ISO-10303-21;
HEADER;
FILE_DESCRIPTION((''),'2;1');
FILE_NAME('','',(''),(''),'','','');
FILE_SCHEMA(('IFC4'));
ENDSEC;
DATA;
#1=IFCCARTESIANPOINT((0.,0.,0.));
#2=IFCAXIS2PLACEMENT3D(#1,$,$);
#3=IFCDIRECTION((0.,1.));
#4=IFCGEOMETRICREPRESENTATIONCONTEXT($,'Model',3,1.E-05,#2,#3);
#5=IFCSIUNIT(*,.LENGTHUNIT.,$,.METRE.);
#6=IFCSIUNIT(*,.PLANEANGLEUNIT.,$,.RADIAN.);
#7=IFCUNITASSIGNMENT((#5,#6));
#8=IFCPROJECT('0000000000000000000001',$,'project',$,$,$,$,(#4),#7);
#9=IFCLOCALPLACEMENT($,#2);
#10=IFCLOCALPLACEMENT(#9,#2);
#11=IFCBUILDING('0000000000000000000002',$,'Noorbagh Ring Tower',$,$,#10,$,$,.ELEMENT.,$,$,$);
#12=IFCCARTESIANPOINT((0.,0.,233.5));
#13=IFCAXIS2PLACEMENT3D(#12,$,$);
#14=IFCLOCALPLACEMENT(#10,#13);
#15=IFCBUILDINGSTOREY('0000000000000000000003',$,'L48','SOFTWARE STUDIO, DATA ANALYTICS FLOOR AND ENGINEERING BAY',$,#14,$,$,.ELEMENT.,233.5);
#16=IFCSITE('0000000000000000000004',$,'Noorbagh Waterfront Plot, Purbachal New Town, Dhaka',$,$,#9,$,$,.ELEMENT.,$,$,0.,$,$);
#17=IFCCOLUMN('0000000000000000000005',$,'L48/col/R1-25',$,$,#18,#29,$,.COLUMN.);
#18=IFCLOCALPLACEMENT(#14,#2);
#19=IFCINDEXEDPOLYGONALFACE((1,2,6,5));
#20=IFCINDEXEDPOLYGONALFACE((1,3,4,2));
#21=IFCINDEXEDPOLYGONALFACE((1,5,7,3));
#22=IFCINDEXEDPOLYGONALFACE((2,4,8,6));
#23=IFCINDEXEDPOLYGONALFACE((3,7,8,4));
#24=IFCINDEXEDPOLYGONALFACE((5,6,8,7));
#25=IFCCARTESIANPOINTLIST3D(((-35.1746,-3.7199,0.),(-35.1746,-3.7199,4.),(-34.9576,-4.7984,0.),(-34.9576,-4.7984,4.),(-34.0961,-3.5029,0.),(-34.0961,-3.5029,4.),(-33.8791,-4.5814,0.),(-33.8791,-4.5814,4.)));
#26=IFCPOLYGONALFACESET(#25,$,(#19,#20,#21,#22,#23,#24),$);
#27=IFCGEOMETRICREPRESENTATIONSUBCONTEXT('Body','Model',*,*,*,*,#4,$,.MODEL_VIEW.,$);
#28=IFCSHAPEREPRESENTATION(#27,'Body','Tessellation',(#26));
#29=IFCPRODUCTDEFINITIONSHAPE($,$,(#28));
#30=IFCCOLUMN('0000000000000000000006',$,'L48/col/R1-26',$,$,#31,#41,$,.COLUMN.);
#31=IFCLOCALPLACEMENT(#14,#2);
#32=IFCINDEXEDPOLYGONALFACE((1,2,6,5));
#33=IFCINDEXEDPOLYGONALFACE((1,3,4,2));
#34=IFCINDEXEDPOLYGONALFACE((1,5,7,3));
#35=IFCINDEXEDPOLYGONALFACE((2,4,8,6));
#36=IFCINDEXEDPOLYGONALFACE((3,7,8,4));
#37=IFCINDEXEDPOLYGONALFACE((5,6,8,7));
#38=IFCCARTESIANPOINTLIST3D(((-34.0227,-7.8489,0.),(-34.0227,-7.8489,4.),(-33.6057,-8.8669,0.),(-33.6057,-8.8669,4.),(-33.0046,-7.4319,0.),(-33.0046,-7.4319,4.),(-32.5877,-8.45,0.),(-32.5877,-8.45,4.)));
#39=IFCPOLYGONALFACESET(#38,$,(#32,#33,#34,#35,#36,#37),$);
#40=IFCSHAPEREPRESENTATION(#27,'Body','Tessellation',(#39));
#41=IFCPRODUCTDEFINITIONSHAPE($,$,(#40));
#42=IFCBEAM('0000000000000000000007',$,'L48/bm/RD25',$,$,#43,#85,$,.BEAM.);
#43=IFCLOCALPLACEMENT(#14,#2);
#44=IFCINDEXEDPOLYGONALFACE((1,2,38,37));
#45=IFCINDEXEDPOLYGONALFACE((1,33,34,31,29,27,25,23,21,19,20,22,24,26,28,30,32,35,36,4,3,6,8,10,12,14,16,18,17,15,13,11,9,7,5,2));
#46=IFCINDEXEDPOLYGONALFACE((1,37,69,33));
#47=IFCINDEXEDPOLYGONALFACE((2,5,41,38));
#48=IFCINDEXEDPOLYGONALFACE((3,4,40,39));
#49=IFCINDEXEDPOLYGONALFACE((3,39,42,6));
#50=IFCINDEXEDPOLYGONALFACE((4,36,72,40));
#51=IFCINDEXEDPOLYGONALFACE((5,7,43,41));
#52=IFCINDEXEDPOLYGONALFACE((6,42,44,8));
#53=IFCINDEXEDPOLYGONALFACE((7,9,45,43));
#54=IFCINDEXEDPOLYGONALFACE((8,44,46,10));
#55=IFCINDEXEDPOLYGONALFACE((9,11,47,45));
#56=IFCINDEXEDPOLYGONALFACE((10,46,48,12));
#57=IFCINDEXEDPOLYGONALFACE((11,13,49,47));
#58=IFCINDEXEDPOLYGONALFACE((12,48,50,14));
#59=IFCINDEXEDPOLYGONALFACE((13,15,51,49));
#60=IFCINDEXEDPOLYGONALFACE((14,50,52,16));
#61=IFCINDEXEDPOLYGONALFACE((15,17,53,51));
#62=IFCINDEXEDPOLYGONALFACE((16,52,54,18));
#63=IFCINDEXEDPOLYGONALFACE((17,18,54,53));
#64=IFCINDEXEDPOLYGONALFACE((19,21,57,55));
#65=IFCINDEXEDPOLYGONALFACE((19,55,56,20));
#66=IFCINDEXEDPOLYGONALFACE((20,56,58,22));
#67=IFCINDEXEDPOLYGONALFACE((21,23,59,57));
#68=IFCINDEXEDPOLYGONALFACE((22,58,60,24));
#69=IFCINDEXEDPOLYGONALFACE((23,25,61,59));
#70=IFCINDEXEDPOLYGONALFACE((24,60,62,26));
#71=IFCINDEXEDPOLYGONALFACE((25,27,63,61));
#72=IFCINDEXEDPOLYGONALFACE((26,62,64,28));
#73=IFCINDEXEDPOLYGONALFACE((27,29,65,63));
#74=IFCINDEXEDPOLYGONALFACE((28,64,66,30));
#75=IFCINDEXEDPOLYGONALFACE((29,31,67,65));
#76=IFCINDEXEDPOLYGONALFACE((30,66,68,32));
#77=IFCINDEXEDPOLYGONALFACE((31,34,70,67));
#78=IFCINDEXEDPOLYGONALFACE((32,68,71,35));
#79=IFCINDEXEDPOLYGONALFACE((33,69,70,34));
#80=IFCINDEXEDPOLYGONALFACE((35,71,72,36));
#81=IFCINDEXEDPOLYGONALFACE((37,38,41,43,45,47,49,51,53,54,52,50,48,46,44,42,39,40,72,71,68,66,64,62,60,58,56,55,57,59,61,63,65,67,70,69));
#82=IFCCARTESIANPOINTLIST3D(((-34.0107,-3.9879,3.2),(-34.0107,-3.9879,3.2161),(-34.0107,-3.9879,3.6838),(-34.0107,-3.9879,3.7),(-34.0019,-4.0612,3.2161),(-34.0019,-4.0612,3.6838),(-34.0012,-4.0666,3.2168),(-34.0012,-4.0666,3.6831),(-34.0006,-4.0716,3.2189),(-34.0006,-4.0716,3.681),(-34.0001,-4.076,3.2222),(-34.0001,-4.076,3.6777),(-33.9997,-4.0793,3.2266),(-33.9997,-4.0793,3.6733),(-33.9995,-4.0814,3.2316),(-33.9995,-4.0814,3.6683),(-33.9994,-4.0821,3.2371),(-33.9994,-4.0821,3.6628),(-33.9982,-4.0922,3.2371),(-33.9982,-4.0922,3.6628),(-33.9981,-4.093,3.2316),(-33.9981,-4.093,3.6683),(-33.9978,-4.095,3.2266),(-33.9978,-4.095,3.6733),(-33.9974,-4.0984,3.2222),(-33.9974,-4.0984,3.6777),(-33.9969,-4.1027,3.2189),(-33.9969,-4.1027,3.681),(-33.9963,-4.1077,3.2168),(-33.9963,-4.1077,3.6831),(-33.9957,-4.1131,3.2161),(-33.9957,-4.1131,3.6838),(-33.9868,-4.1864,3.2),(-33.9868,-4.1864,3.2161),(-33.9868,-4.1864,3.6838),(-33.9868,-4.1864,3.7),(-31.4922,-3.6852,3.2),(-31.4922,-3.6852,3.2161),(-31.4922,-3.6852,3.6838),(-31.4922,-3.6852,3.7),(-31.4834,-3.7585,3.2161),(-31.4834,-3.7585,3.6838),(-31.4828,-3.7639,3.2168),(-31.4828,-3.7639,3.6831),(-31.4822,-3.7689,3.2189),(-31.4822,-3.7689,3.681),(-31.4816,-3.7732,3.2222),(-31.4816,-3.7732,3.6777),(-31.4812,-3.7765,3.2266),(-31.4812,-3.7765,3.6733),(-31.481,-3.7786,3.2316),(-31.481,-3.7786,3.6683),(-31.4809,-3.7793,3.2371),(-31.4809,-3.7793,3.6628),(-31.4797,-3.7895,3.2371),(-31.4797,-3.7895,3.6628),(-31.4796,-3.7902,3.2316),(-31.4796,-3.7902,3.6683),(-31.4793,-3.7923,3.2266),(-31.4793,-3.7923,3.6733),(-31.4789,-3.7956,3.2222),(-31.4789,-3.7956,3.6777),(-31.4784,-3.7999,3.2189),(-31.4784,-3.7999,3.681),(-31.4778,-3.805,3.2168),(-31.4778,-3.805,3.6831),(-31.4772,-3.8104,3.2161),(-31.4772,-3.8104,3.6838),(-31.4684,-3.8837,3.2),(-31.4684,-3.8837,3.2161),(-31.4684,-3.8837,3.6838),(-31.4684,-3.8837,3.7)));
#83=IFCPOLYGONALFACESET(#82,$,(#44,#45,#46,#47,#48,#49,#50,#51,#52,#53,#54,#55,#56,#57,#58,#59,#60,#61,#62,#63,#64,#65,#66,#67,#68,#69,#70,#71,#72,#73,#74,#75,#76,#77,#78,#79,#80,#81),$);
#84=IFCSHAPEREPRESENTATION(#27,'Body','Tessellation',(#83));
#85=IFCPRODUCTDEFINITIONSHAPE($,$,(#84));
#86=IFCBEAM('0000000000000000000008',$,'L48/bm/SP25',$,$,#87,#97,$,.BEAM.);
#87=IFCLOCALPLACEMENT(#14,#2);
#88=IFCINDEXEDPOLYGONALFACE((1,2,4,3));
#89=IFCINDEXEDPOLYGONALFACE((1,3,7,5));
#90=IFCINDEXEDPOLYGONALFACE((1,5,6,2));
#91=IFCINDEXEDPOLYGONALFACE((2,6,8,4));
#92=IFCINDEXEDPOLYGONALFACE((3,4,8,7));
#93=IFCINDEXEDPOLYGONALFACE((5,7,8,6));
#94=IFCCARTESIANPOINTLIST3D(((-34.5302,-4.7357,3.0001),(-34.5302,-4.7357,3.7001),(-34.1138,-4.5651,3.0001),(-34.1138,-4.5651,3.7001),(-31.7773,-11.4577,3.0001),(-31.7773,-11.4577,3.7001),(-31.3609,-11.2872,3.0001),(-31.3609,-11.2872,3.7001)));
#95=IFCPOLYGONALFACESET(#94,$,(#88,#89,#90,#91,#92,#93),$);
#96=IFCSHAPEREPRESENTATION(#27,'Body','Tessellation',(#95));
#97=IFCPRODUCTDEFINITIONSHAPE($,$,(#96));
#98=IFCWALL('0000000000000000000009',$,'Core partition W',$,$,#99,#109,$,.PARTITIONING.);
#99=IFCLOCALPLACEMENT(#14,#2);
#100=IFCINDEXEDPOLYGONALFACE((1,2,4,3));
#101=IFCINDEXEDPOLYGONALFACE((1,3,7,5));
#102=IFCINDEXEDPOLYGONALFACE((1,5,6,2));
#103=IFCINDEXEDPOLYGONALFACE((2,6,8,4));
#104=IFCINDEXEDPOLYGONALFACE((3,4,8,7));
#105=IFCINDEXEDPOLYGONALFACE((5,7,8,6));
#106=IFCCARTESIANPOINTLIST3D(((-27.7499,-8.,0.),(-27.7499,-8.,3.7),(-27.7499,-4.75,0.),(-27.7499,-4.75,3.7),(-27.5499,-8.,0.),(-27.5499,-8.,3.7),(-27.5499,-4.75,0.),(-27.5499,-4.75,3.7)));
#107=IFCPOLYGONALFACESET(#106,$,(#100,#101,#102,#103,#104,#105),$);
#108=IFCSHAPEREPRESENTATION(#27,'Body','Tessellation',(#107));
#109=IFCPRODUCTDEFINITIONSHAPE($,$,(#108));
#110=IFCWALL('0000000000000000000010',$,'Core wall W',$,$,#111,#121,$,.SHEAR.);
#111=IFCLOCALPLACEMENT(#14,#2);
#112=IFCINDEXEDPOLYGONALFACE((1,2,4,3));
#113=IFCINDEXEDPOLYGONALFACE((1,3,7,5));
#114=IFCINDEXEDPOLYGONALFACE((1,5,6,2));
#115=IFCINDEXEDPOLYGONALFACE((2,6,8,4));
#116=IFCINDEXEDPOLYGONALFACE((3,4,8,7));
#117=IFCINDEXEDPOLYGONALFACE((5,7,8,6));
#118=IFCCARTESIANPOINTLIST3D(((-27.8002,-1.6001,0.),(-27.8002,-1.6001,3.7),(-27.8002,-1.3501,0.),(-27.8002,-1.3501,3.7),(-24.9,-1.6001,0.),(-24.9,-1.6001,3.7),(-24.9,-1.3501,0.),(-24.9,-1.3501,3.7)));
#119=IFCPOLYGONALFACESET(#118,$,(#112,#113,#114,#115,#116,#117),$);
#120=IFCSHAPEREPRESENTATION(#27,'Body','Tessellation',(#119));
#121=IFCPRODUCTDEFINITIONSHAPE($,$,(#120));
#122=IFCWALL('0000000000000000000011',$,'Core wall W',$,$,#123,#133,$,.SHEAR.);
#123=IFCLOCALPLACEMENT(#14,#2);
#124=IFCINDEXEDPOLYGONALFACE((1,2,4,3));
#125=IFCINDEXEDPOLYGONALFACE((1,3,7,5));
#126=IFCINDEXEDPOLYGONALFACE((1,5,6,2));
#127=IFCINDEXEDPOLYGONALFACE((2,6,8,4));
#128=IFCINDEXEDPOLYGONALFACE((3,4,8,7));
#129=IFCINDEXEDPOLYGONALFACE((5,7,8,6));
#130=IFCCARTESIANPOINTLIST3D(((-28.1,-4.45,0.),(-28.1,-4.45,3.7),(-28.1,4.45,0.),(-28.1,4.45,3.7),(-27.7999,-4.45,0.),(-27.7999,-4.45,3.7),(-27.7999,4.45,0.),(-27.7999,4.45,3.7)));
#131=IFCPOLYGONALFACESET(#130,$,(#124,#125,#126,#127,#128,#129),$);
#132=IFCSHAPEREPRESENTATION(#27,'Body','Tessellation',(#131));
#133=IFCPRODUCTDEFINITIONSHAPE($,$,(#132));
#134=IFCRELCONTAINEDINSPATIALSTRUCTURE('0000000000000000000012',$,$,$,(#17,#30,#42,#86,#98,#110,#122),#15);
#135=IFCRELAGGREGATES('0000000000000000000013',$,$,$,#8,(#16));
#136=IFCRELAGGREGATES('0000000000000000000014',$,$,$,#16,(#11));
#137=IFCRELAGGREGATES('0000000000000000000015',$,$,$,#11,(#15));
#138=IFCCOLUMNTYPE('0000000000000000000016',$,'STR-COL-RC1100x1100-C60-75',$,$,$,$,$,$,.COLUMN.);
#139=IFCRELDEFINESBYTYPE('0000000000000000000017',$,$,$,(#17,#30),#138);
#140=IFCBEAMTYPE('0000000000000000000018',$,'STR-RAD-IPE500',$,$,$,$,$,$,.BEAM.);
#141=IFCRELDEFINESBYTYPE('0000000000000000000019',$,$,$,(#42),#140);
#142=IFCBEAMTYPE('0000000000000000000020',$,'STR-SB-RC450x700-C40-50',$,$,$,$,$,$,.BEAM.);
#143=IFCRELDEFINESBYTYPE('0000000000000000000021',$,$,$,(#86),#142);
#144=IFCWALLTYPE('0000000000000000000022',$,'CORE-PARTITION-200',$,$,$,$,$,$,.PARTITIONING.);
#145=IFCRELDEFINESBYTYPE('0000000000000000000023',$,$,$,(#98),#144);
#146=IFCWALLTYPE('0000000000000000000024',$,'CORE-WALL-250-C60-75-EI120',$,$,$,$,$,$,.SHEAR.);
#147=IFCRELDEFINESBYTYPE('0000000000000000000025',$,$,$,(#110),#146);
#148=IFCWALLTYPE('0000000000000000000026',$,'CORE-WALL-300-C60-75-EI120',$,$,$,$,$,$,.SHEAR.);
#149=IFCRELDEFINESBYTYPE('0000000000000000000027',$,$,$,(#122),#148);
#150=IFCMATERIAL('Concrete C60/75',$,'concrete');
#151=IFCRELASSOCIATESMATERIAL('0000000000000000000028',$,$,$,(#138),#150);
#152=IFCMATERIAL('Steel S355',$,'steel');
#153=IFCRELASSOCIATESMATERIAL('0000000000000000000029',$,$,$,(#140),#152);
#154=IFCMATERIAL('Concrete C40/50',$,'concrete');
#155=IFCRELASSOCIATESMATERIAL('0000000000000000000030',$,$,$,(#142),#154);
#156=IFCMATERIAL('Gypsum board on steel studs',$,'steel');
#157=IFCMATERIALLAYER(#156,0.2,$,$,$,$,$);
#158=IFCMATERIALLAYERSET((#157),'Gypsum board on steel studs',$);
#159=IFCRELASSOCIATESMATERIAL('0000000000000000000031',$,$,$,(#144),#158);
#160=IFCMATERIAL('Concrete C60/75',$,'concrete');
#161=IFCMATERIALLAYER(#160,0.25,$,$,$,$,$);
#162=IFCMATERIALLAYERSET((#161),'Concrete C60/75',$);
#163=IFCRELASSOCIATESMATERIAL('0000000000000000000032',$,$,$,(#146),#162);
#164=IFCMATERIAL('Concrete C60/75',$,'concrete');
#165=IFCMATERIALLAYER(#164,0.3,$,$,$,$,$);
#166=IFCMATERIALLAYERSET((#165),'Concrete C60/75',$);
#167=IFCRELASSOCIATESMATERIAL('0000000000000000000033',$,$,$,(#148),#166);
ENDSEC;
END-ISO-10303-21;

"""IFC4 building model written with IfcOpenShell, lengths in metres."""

from ifc_helpers import new_model, si_unit, direction, frame, frame_2d, origin, origin_2d, place, context, subcontext, project, spatial, rectangle, i_section, extrude, material, layer, layer_set, material_profile, profile_set, type_object, element, save


model = new_model("IFC4")

# Units and contexts
model_context = context("Model", 3, precision=1e-05, world=origin(), true_north=direction((0.0, 1.0)))
body_context = subcontext(model_context, "Body", "Model", "MODEL_VIEW")
ifc_project = project(units=[si_unit("LENGTHUNIT", "METRE"), si_unit("PLANEANGLEUNIT", "RADIAN")], contexts=[model_context])

# Site, building, storey
site_placement = place(None, origin())
site = spatial("IfcSite", under=ifc_project, at=site_placement, Name="Noorbagh Waterfront Plot, Purbachal New Town, Dhaka", CompositionType="ELEMENT", RefElevation=0.0)
building_placement = place(site_placement, origin())
building = spatial("IfcBuilding", under=site, at=building_placement, Name="Noorbagh Ring Tower", CompositionType="ELEMENT")
storey_placement = place(building_placement, frame((0.0, 0.0, 233.5)))
storey = spatial("IfcBuildingStorey", under=building, at=storey_placement, Name="L48", Description="SOFTWARE STUDIO, DATA ANALYTICS FLOOR AND ENGINEERING BAY", CompositionType="ELEMENT", Elevation=233.5)

# Columns
ifc_material_1 = material(Name="Concrete C60/75", Category="concrete")
ifc_material_profile_1 = material_profile(ifc_material_1, rectangle(XDim=1.1001, YDim=1.1001, at=origin_2d()), Name="RC1100x1100")
ifc_profile_set_1 = profile_set([ifc_material_profile_1], Name="Concrete C60/75")
column_type = type_object("IfcColumnType", Name="STR-COL-RC1100x1100-C60-75", PredefinedType="COLUMN", material=ifc_profile_set_1)
for number, where, z_axis, x_axis, name in (
    (1, (-34.5269, -4.1506, 0.0), (0.0, 0.0, 1.0), (0.19723, -0.980357, 0.0), "L48/col/R1-25"),
    (2, (-33.3052, -8.1494, 0.0), (0.0, 0.0, 1.0), (0.378989, -0.925401, 0.0), "L48/col/R1-26"),
):
    element("IfcColumn", number, at=place(storey_placement, frame(where, z_axis=z_axis, x_axis=x_axis)), inside=storey, type_object=column_type, Name=name, PredefinedType="COLUMN", context=body_context, shape_type="SweptSolid", body=[
        extrude(rectangle(XDim=1.1001, YDim=1.1001, at=origin_2d()), origin(), (0.0, 0.0, 1.0), 4.0),
    ])

# Beams
ifc_material_2 = material(Name="Steel S355", Category="steel")
ifc_material_profile_2 = material_profile(ifc_material_2, i_section(OverallWidth=0.2, OverallDepth=0.5, WebThickness=0.0103, FlangeThickness=0.0161, FilletRadius=0.021, at=origin_2d()), Name="IPE500")
ifc_profile_set_2 = profile_set([ifc_material_profile_2], Name="Steel S355")
beam_type_1 = type_object("IfcBeamType", Name="STR-RAD-IPE500", PredefinedType="BEAM", material=ifc_profile_set_2)
beam_1_placement = place(storey_placement, frame((-33.9988, -4.0872, 3.45), z_axis=(0.992853, 0.119343, 0.0), x_axis=(-0.119343, 0.992853, 0.0)))
element("IfcBeam", 3, at=beam_1_placement, inside=storey, type_object=beam_type_1, Name="L48/bm/RD25", PredefinedType="BEAM", context=body_context, shape_type="SweptSolid", body=[
    extrude(i_section(OverallWidth=0.2, OverallDepth=0.5, WebThickness=0.0103, FlangeThickness=0.0161, FilletRadius=0.021, at=origin_2d()), origin(), (0.0, 0.0, 1.0), 2.5366),
])
ifc_material_3 = material(Name="Concrete C40/50", Category="concrete")
ifc_material_profile_3 = material_profile(ifc_material_3, rectangle(XDim=0.45, YDim=0.7, at=origin_2d()), Name="RC450x700")
ifc_profile_set_3 = profile_set([ifc_material_profile_3], Name="Concrete C40/50")
beam_type_2 = type_object("IfcBeamType", Name="STR-SB-RC450x700-C40-50", PredefinedType="BEAM", material=ifc_profile_set_3)
beam_2_placement = place(storey_placement, frame((-34.322, -4.6504, 3.3501), z_axis=(0.378981, -0.925404, 0.0), x_axis=(0.925404, 0.378981, 0.0)))
element("IfcBeam", 4, at=beam_2_placement, inside=storey, type_object=beam_type_2, Name="L48/bm/SP25", PredefinedType="BEAM", context=body_context, shape_type="SweptSolid", body=[
    extrude(rectangle(XDim=0.45, YDim=0.7, at=origin_2d()), origin(), (0.0, 0.0, 1.0), 7.2639),
])

# Walls
ifc_material_4 = material(Name="Gypsum board on steel studs", Category="steel")
ifc_layer_1 = layer(ifc_material_4, 0.2)
ifc_layer_set_1 = layer_set([ifc_layer_1], Name="Gypsum board on steel studs")
wall_type_1 = type_object("IfcWallType", Name="CORE-PARTITION-200", PredefinedType="PARTITIONING", material=ifc_layer_set_1)
wall_1_placement = place(storey_placement, frame((-27.6499, -8.0, 0.0), z_axis=(0.0, 0.0, 1.0), x_axis=(0.0, 1.0, 0.0)))
element("IfcWall", 5, at=wall_1_placement, inside=storey, type_object=wall_type_1, Name="Core partition W", PredefinedType="PARTITIONING", context=body_context, shape_type="SweptSolid", body=[
    extrude(rectangle(XDim=3.25, YDim=0.2, at=frame_2d((1.625, 0.0))), origin(), (0.0, 0.0, 1.0), 3.7),
])
ifc_material_5 = material(Name="Concrete C60/75", Category="concrete")
ifc_layer_2 = layer(ifc_material_5, 0.25)
ifc_layer_set_2 = layer_set([ifc_layer_2], Name="Concrete C60/75")
wall_type_2 = type_object("IfcWallType", Name="CORE-WALL-250-C60-75-EI120", PredefinedType="SHEAR", material=ifc_layer_set_2)
wall_2_placement = place(storey_placement, frame((-24.8999, -1.4751, 0.0), z_axis=(0.0, 0.0, 1.0), x_axis=(-1.0, 0.0, 0.0)))
element("IfcWall", 6, at=wall_2_placement, inside=storey, type_object=wall_type_2, Name="Core wall W", PredefinedType="SHEAR", context=body_context, shape_type="SweptSolid", body=[
    extrude(rectangle(XDim=2.9001, YDim=0.25, at=frame_2d((1.4502, 0.0))), origin(), (0.0, 0.0, 1.0), 3.7),
])
ifc_material_6 = material(Name="Concrete C60/75", Category="concrete")
ifc_layer_3 = layer(ifc_material_6, 0.3)
ifc_layer_set_3 = layer_set([ifc_layer_3], Name="Concrete C60/75")
wall_type_3 = type_object("IfcWallType", Name="CORE-WALL-300-C60-75-EI120", PredefinedType="SHEAR", material=ifc_layer_set_3)
wall_3_placement = place(storey_placement, frame((-27.95, -4.45, 0.0), z_axis=(0.0, 0.0, 1.0), x_axis=(0.0, 1.0, 0.0)))
element("IfcWall", 7, at=wall_3_placement, inside=storey, type_object=wall_type_3, Name="Core wall W", PredefinedType="SHEAR", context=body_context, shape_type="SweptSolid", body=[
    extrude(rectangle(XDim=8.8999, YDim=0.3, at=frame_2d((4.45, 0.0))), origin(), (0.0, 0.0, 1.0), 3.7),
])

save(model, "model.ifc")
